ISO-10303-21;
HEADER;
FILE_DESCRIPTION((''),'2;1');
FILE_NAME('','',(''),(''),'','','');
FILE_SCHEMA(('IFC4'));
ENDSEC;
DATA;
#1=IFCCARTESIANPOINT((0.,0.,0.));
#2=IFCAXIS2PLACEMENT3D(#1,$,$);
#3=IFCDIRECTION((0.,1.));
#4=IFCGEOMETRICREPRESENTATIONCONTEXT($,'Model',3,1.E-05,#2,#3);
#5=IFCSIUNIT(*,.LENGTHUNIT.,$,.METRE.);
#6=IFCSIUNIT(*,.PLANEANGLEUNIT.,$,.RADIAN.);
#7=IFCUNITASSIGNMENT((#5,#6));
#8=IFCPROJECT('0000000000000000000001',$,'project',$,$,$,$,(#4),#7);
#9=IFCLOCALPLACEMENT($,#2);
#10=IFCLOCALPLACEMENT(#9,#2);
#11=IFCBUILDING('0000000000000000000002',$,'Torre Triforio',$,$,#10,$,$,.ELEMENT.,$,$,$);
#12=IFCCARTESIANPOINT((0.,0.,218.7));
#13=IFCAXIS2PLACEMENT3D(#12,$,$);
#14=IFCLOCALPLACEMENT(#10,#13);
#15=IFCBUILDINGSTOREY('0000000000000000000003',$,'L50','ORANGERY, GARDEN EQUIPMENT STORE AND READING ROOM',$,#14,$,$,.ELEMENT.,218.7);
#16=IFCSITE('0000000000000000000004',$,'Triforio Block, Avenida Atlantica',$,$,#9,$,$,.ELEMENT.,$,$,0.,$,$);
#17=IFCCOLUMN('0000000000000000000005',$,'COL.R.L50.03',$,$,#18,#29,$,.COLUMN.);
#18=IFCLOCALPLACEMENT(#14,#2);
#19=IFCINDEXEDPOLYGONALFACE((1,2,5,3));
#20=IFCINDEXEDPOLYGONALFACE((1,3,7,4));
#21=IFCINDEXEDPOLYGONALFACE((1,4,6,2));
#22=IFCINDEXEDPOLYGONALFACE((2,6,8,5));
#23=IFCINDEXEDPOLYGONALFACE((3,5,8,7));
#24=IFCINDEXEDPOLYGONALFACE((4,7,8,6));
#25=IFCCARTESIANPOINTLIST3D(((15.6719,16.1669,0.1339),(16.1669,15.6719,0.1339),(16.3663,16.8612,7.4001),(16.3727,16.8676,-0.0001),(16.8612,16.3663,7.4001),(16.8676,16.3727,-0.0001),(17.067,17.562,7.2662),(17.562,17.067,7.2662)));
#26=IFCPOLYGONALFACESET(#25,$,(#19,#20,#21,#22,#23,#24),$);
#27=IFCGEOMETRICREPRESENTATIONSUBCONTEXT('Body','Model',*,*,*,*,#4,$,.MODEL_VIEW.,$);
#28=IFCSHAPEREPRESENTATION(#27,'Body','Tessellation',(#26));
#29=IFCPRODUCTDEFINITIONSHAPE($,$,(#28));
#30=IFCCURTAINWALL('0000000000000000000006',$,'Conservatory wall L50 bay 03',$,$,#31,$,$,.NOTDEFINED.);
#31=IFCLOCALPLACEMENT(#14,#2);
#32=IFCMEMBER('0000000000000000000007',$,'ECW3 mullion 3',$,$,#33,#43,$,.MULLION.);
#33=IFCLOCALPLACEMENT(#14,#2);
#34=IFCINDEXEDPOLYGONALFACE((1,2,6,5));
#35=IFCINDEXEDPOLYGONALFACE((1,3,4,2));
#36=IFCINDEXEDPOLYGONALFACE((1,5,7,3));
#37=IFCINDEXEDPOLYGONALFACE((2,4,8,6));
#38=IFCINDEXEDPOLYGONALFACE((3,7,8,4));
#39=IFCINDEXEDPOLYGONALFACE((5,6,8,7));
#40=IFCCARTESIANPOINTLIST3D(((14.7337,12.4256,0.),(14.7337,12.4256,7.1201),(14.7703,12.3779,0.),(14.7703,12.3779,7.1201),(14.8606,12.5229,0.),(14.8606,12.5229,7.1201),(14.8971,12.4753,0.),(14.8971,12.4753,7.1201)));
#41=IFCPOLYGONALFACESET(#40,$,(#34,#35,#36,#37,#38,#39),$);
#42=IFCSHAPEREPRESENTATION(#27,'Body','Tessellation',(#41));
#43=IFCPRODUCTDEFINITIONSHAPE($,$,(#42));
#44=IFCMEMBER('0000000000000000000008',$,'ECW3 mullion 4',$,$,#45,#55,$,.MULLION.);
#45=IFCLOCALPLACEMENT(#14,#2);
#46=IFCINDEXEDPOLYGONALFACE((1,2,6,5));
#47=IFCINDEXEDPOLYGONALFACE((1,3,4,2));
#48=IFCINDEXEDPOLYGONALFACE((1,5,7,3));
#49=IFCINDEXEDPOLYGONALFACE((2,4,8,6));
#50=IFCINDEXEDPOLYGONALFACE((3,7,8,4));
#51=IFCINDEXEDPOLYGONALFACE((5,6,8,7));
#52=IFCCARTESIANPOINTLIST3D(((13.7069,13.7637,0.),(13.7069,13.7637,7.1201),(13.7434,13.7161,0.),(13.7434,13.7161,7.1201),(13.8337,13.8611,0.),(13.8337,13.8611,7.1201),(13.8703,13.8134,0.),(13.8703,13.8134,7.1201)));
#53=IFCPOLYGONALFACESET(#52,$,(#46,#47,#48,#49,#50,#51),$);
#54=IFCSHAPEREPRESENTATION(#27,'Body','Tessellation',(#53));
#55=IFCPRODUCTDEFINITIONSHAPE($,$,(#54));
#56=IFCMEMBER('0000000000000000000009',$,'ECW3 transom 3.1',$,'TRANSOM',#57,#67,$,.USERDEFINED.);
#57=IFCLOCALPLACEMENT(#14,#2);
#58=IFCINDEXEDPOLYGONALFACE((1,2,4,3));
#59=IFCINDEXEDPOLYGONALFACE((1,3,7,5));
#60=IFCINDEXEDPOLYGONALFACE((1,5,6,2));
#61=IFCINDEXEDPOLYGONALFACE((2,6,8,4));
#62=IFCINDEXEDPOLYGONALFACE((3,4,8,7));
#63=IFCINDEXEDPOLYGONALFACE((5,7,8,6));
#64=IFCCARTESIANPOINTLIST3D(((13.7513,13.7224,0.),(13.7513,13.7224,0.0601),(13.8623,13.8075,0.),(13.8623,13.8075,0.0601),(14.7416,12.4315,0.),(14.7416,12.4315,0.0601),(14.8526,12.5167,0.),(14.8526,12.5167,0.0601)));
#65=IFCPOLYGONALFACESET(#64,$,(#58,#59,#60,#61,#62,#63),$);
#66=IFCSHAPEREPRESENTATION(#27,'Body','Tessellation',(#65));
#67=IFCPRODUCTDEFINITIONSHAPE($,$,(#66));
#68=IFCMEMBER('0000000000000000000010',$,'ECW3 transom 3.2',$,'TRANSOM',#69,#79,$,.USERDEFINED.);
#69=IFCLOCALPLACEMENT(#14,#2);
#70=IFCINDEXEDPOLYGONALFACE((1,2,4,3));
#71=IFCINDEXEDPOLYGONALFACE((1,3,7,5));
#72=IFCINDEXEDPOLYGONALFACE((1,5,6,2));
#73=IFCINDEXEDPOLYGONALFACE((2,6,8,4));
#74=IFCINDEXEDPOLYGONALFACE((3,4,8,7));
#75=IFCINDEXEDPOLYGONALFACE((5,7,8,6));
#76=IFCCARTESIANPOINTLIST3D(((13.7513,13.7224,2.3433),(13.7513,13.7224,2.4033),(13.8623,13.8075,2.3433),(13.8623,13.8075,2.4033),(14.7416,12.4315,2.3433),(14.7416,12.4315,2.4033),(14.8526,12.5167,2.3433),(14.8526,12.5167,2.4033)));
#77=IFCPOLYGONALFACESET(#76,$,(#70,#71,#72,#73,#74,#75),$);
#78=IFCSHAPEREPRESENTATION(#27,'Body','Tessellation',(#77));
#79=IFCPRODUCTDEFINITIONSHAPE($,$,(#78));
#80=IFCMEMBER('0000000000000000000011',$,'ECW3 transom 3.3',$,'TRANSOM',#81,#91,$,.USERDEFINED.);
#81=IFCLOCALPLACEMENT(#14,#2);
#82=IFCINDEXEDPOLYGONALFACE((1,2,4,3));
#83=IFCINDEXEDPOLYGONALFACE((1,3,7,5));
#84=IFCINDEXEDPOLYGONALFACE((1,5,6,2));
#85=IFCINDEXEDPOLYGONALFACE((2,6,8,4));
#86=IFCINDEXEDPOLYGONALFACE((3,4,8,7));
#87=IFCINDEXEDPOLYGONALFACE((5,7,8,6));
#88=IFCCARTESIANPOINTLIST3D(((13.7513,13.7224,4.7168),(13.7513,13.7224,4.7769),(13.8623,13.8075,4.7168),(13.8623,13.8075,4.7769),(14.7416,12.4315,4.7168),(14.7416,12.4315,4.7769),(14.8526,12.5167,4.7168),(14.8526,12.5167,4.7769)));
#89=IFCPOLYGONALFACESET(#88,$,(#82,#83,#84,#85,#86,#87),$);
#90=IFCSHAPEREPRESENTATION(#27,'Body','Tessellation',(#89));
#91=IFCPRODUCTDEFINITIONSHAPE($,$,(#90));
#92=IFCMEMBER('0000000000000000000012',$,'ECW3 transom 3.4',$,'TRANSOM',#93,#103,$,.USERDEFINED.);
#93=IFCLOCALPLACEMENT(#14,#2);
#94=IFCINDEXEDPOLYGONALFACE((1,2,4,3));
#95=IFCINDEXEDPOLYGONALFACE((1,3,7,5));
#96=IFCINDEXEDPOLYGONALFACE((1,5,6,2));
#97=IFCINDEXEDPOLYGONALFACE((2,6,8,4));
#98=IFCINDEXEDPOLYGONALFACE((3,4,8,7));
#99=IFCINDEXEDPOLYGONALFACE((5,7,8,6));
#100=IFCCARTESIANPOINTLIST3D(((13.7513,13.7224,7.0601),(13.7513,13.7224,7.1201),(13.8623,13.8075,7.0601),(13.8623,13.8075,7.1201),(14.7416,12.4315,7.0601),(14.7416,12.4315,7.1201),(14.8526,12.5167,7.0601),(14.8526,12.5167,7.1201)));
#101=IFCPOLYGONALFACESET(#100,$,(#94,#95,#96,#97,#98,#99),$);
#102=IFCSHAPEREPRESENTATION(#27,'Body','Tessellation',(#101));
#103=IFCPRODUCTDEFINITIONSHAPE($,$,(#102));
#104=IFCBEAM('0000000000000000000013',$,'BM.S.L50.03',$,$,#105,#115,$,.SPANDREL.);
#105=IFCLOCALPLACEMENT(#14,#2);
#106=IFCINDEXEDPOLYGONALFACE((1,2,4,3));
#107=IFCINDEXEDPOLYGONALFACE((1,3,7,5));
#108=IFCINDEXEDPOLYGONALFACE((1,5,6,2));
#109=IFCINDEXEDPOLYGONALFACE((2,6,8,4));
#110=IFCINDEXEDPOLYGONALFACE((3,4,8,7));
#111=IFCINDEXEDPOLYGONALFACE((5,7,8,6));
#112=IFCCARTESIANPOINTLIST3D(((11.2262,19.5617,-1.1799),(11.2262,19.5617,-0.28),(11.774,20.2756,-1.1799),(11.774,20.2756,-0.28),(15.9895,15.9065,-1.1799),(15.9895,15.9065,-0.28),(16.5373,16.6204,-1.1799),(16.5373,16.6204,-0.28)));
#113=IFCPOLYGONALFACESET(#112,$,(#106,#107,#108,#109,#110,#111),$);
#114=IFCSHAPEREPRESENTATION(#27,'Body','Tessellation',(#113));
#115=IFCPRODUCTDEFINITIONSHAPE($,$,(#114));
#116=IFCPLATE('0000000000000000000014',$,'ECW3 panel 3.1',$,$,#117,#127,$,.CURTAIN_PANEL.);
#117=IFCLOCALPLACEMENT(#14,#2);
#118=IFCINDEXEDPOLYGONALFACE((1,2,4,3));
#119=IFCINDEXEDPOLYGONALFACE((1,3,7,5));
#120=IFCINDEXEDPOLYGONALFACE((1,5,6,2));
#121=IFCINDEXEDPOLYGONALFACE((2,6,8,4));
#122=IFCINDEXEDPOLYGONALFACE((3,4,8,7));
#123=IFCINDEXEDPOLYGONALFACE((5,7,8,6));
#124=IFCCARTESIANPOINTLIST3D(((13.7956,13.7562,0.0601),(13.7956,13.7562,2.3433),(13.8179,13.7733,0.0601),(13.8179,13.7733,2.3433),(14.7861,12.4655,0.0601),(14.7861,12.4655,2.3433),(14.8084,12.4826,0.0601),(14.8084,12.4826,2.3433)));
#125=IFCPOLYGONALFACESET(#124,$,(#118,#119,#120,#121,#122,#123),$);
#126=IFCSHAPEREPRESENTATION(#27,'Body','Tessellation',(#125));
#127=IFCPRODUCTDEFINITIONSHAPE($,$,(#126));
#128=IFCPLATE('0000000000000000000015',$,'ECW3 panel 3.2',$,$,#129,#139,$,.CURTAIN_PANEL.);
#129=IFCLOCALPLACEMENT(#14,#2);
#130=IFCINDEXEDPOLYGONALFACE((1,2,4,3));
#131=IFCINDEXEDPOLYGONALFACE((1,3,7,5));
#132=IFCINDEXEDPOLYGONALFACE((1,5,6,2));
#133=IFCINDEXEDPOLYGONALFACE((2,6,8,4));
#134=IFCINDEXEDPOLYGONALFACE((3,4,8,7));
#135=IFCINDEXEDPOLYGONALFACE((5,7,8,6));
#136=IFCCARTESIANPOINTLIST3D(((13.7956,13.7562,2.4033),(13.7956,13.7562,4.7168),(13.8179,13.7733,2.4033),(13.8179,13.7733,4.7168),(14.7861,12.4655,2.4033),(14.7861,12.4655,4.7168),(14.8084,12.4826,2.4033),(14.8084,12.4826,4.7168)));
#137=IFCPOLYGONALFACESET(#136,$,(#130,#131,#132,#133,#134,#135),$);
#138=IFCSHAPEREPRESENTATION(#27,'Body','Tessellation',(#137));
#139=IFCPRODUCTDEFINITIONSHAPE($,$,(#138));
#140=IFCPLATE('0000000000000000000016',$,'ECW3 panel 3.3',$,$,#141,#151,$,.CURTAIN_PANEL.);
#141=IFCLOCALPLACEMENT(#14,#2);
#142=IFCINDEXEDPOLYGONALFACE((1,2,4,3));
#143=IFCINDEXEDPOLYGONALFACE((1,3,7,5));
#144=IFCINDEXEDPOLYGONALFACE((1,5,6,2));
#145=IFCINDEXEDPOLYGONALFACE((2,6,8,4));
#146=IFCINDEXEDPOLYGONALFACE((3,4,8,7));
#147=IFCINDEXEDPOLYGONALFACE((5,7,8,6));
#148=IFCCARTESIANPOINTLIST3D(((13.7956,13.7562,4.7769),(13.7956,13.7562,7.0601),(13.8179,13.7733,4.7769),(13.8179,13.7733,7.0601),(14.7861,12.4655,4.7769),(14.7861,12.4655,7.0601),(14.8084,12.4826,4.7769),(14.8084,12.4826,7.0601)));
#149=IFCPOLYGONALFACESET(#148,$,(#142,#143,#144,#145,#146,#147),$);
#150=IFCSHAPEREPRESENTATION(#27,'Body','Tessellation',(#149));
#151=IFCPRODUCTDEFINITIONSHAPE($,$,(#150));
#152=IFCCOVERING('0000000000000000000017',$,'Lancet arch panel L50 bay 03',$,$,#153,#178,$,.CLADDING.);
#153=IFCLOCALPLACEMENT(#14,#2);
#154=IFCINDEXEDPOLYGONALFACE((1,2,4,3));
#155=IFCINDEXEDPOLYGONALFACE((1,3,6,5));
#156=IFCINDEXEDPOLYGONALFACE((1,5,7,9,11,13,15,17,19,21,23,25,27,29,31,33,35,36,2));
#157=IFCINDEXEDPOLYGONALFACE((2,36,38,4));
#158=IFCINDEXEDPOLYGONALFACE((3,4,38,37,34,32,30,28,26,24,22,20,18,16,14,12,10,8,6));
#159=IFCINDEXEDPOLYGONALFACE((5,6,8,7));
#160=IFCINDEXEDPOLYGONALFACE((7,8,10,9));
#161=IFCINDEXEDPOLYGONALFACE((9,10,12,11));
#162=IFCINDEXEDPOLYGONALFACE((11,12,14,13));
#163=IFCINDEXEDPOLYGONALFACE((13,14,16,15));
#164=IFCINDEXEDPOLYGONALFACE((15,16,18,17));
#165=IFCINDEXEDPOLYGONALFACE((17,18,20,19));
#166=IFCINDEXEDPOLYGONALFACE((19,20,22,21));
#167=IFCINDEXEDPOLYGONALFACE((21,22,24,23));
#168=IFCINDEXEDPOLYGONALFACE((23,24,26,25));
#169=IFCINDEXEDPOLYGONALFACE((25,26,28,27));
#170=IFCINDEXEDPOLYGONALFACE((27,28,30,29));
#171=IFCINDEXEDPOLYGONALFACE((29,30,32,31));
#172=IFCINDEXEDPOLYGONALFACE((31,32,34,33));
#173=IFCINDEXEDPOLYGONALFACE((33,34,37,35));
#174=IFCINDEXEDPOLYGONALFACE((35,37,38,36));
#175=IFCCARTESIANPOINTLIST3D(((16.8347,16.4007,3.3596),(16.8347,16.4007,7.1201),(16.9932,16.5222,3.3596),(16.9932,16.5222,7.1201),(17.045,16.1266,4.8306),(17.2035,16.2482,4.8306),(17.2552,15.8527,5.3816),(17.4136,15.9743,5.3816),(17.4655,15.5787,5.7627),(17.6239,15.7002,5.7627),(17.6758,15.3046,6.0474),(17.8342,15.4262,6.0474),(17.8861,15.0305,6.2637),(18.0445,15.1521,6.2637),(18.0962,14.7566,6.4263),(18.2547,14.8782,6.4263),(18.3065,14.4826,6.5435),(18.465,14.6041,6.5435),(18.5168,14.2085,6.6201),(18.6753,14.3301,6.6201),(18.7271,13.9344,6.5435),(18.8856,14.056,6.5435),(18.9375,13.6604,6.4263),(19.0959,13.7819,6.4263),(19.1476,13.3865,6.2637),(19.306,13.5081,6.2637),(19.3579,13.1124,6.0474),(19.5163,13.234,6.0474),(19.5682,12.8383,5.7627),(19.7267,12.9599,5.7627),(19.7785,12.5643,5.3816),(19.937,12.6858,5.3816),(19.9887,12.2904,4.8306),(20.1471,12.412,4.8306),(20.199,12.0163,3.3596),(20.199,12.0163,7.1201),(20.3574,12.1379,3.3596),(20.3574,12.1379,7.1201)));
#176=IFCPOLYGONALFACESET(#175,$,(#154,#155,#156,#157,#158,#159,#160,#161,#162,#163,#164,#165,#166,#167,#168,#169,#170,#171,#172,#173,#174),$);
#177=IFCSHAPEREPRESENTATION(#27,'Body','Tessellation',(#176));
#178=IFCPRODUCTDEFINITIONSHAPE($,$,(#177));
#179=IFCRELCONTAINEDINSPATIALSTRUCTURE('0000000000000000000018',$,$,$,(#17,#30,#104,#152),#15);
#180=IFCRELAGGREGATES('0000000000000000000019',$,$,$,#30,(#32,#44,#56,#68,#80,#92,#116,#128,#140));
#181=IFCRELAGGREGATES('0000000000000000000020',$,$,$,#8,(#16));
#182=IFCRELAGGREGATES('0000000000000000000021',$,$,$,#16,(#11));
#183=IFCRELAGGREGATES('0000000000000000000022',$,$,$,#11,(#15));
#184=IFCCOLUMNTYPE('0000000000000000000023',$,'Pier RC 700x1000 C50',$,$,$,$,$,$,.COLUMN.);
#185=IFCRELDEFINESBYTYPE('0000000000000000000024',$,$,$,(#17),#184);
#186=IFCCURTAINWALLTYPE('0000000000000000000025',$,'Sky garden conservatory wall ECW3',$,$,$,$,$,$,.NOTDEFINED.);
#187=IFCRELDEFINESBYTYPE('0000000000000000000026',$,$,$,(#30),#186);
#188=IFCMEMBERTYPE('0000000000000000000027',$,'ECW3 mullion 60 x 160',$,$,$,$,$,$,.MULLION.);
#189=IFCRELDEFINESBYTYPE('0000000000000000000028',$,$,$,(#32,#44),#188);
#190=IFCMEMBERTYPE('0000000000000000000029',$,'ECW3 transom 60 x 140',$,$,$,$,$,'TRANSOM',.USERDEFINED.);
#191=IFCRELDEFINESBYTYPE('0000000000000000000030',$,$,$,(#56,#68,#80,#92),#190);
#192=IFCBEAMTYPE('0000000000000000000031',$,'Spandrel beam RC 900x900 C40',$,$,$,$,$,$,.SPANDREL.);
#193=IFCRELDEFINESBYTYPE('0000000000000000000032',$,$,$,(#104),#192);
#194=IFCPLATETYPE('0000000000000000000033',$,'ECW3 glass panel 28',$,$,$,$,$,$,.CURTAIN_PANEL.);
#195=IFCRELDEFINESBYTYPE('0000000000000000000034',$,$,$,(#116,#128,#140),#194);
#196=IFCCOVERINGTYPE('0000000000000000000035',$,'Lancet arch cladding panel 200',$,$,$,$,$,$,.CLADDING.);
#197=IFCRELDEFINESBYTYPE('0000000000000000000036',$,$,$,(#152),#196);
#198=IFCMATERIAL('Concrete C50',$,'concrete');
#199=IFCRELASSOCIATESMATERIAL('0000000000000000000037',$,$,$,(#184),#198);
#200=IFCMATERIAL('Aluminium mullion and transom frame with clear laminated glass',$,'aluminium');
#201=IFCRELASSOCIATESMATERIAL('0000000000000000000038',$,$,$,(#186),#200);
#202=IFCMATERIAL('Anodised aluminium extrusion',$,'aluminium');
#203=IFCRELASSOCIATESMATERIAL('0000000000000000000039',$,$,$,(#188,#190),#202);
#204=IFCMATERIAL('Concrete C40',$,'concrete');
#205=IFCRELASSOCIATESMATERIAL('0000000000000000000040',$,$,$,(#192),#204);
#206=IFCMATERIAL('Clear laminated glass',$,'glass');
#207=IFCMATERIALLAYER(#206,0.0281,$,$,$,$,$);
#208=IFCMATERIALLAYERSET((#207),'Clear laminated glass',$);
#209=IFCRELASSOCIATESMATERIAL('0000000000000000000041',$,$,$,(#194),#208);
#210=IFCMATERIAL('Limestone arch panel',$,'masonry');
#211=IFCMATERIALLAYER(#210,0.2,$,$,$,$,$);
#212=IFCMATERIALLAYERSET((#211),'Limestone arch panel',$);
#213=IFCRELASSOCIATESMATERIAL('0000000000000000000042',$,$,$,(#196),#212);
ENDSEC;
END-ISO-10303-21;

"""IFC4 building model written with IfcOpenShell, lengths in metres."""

from ifc_helpers import new_model, si_unit, direction, frame, origin, origin_2d, place, context, subcontext, project, spatial, polyline, rectangle, outline, extrude, material, layer, layer_set, material_profile, profile_set, type_object, element, aggregate, save


model = new_model("IFC4")

# Units and contexts
model_context = context("Model", 3, precision=1e-05, world=origin(), true_north=direction((0.0, 1.0)))
body_context = subcontext(model_context, "Body", "Model", "MODEL_VIEW")
ifc_project = project(units=[si_unit("LENGTHUNIT", "METRE"), si_unit("PLANEANGLEUNIT", "RADIAN")], contexts=[model_context])

# Site, building, storey
site_placement = place(None, origin())
site = spatial("IfcSite", under=ifc_project, at=site_placement, Name="Triforio Block, Avenida Atlantica", CompositionType="ELEMENT", RefElevation=0.0)
building_placement = place(site_placement, origin())
building = spatial("IfcBuilding", under=site, at=building_placement, Name="Torre Triforio", CompositionType="ELEMENT")
storey_placement = place(building_placement, frame((0.0, 0.0, 218.7)))
storey = spatial("IfcBuildingStorey", under=building, at=storey_placement, Name="L50", Description="ORANGERY, GARDEN EQUIPMENT STORE AND READING ROOM", CompositionType="ELEMENT", Elevation=218.7)

# Column
ifc_material_1 = material(Name="Concrete C50", Category="concrete")
ifc_material_profile_1 = material_profile(ifc_material_1, rectangle(XDim=0.7, YDim=1.0, at=origin_2d()), Name="RC 700x1000")
ifc_profile_set_1 = profile_set([ifc_material_profile_1], Name="Concrete C50")
column_type = type_object("IfcColumnType", Name="Pier RC 700x1000 C50", PredefinedType="COLUMN", material=ifc_profile_set_1)
column_placement = place(storey_placement, frame((16.2698, 16.2698, 0.0669), z_axis=(0.094697, 0.094697, 0.990992), x_axis=(-0.707107, 0.707107, 0.0)))
element("IfcColumn", 1, at=column_placement, inside=storey, type_object=column_type, Name="COL.R.L50.03", PredefinedType="COLUMN", context=body_context, shape_type="SweptSolid", body=[
    extrude(rectangle(XDim=0.7, YDim=1.0, at=origin_2d()), origin(), (0.0, 0.0, 1.0), 7.3323),
])

# Curtain wall, members
ifc_material_2 = material(Name="Aluminium mullion and transom frame with clear laminated glass", Category="aluminium")
curtain_wall_type = type_object("IfcCurtainWallType", Name="Sky garden conservatory wall ECW3", PredefinedType="NOTDEFINED", material=ifc_material_2)
curtain_wall_placement = place(storey_placement, origin())
curtain_wall = element("IfcCurtainWall", 2, at=curtain_wall_placement, inside=storey, type_object=curtain_wall_type, Name="Conservatory wall L50 bay 03", PredefinedType="NOTDEFINED")
ifc_material_3 = material(Name="Anodised aluminium extrusion", Category="aluminium")
ifc_material_profile_2 = material_profile(ifc_material_3, rectangle(XDim=0.1599, YDim=0.0601, at=origin_2d()), Name="ECW3 MULLION 60x160")
ifc_profile_set_2 = profile_set([ifc_material_profile_2], Name="Anodised aluminium extrusion")
member_type_1 = type_object("IfcMemberType", Name="ECW3 mullion 60 x 160", PredefinedType="MULLION", material=ifc_profile_set_2)
member_1_placement = place(storey_placement, frame((14.8154, 12.4504, 0.0), z_axis=(0.0, 0.0, 1.0), x_axis=(-0.793349, -0.608767, 0.0)))
member_1 = element("IfcMember", 3, at=member_1_placement, type_object=member_type_1, Name="ECW3 mullion 3", PredefinedType="MULLION", context=body_context, shape_type="SweptSolid", body=[
    extrude(rectangle(XDim=0.1599, YDim=0.0601, at=origin_2d()), origin(), (0.0, 0.0, 1.0), 7.1201),
])
member_2_placement = place(storey_placement, frame((13.7886, 13.7886, 0.0), z_axis=(0.0, 0.0, 1.0), x_axis=(-0.793349, -0.608767, 0.0)))
member_2 = element("IfcMember", 4, at=member_2_placement, type_object=member_type_1, Name="ECW3 mullion 4", PredefinedType="MULLION", context=body_context, shape_type="SweptSolid", body=[
    extrude(rectangle(XDim=0.1599, YDim=0.0601, at=origin_2d()), origin(), (0.0, 0.0, 1.0), 7.1201),
])
ifc_material_profile_3 = material_profile(ifc_material_3, rectangle(XDim=0.1399, YDim=0.0601, at=origin_2d()), Name="ECW3 TRANSOM 60x140")
ifc_profile_set_3 = profile_set([ifc_material_profile_3], Name="Anodised aluminium extrusion")
member_type_2 = type_object("IfcMemberType", Name="ECW3 transom 60 x 140", ElementType="TRANSOM", PredefinedType="USERDEFINED", material=ifc_profile_set_3)
member_3_placement = place(storey_placement, frame((14.7971, 12.4741, 0.03), z_axis=(-0.60868, 0.793416, 0.0), x_axis=(-0.793416, -0.60868, 0.0)))
member_3 = element("IfcMember", 5, at=member_3_placement, type_object=member_type_2, Name="ECW3 transom 3.1", ObjectType="TRANSOM", PredefinedType="USERDEFINED", context=body_context, shape_type="SweptSolid", body=[
    extrude(rectangle(XDim=0.1399, YDim=0.0601, at=origin_2d()), origin(), (0.0, 0.0, 1.0), 1.627),
])
member_4_placement = place(storey_placement, frame((14.7971, 12.4741, 2.3733), z_axis=(-0.60868, 0.793416, 0.0), x_axis=(-0.793416, -0.60868, 0.0)))
member_4 = element("IfcMember", 6, at=member_4_placement, type_object=member_type_2, Name="ECW3 transom 3.2", ObjectType="TRANSOM", PredefinedType="USERDEFINED", context=body_context, shape_type="SweptSolid", body=[
    extrude(rectangle(XDim=0.1399, YDim=0.0601, at=origin_2d()), origin(), (0.0, 0.0, 1.0), 1.627),
])
member_5_placement = place(storey_placement, frame((14.7971, 12.4741, 4.7468), z_axis=(-0.60868, 0.793416, 0.0), x_axis=(-0.793416, -0.60868, 0.0)))
member_5 = element("IfcMember", 7, at=member_5_placement, type_object=member_type_2, Name="ECW3 transom 3.3", ObjectType="TRANSOM", PredefinedType="USERDEFINED", context=body_context, shape_type="SweptSolid", body=[
    extrude(rectangle(XDim=0.1399, YDim=0.0601, at=origin_2d()), origin(), (0.0, 0.0, 1.0), 1.627),
])
member_6_placement = place(storey_placement, frame((14.7971, 12.4741, 7.0901), z_axis=(-0.60868, 0.793416, 0.0), x_axis=(-0.793416, -0.60868, 0.0)))
member_6 = element("IfcMember", 8, at=member_6_placement, type_object=member_type_2, Name="ECW3 transom 3.4", ObjectType="TRANSOM", PredefinedType="USERDEFINED", context=body_context, shape_type="SweptSolid", body=[
    extrude(rectangle(XDim=0.1399, YDim=0.0601, at=origin_2d()), origin(), (0.0, 0.0, 1.0), 1.627),
])

# Beam
ifc_material_4 = material(Name="Concrete C40", Category="concrete")
ifc_material_profile_4 = material_profile(ifc_material_4, rectangle(XDim=0.8999, YDim=0.8999, at=origin_2d()), Name="RC 900x900")
ifc_profile_set_4 = profile_set([ifc_material_profile_4], Name="Concrete C40")
beam_type = type_object("IfcBeamType", Name="Spandrel beam RC 900x900 C40", PredefinedType="SPANDREL", material=ifc_profile_set_4)
beam_placement = place(storey_placement, frame((16.2634, 16.2634, -0.73), z_axis=(-0.79334, 0.608779, 0.0), x_axis=(-0.608779, -0.79334, 0.0)))
element("IfcBeam", 9, at=beam_placement, inside=storey, type_object=beam_type, Name="BM.S.L50.03", PredefinedType="SPANDREL", context=body_context, shape_type="SweptSolid", body=[
    extrude(rectangle(XDim=0.8999, YDim=0.8999, at=origin_2d()), origin(), (0.0, 0.0, 1.0), 6.0042),
])

# Plates
ifc_material_5 = material(Name="Clear laminated glass", Category="glass")
ifc_layer_1 = layer(ifc_material_5, 0.0281)
ifc_layer_set_1 = layer_set([ifc_layer_1], Name="Clear laminated glass")
plate_type = type_object("IfcPlateType", Name="ECW3 glass panel 28", PredefinedType="CURTAIN_PANEL", material=ifc_layer_set_1)
plate_1_placement = place(storey_placement, frame((14.302, 13.1194, 0.0601), z_axis=(0.0, 0.0, 1.0), x_axis=(-0.608767, 0.793349, 0.0)))
plate_1 = element("IfcPlate", 10, at=plate_1_placement, type_object=plate_type, Name="ECW3 panel 3.1", PredefinedType="CURTAIN_PANEL", context=body_context, shape_type="SweptSolid", body=[
    extrude(rectangle(XDim=1.627, YDim=0.0281, at=origin_2d()), origin(), (0.0, 0.0, 1.0), 2.2832),
])
plate_2_placement = place(storey_placement, frame((14.302, 13.1194, 2.4033), z_axis=(0.0, 0.0, 1.0), x_axis=(-0.608767, 0.793349, 0.0)))
plate_2 = element("IfcPlate", 11, at=plate_2_placement, type_object=plate_type, Name="ECW3 panel 3.2", PredefinedType="CURTAIN_PANEL", context=body_context, shape_type="SweptSolid", body=[
    extrude(rectangle(XDim=1.627, YDim=0.0281, at=origin_2d()), origin(), (0.0, 0.0, 1.0), 2.3135),
])
plate_3_placement = place(storey_placement, frame((14.302, 13.1194, 4.7769), z_axis=(0.0, 0.0, 1.0), x_axis=(-0.608767, 0.793349, 0.0)))
plate_3 = element("IfcPlate", 12, at=plate_3_placement, type_object=plate_type, Name="ECW3 panel 3.3", PredefinedType="CURTAIN_PANEL", context=body_context, shape_type="SweptSolid", body=[
    extrude(rectangle(XDim=1.627, YDim=0.0281, at=origin_2d()), origin(), (0.0, 0.0, 1.0), 2.2832),
])
aggregate(curtain_wall, [member_1, member_2, member_3, member_4, member_5, member_6, plate_1, plate_2, plate_3])

# Covering
ifc_material_6 = material(Name="Limestone arch panel", Category="masonry")
ifc_layer_2 = layer(ifc_material_6, 0.2)
ifc_layer_set_2 = layer_set([ifc_layer_2], Name="Limestone arch panel")
covering_type_1 = type_object("IfcCoveringType", Name="Lancet arch cladding panel 200", PredefinedType="CLADDING", material=ifc_layer_set_2)
for number, where, z_axis, x_axis, name in (
    (13, (18.5168, 14.2085, 0.0), (0.793351, 0.608765, 0.0), (-0.608765, 0.793351, 0.0), "Lancet arch panel L50 bay 03"),
):
    element("IfcCovering", number, at=place(storey_placement, frame(where, z_axis=z_axis, x_axis=x_axis)), inside=storey, type_object=covering_type_1, Name=name, PredefinedType="CLADDING", context=body_context, shape_type="SweptSolid", body=[
        extrude(outline(polyline([(-2.7632, 7.1201), (-2.7632, 3.3596), (-2.4177, 4.8306), (-2.0725, 5.3816), (-1.7271, 5.7627), (-1.3816, 6.0474), (-1.0361, 6.2637), (-0.6909, 6.4263), (-0.3455, 6.5435), (0.0, 6.6201), (0.3455, 6.5435), (0.6909, 6.4263), (1.0361, 6.2637), (1.3816, 6.0474), (1.7271, 5.7627), (2.0725, 5.3816), (2.4177, 4.8306), (2.7632, 3.3596), (2.7632, 7.1201), (-2.7632, 7.1201)])), origin(), (0.0, 0.0, 1.0), 0.1997),
    ])

save(model, "model.ifc")
